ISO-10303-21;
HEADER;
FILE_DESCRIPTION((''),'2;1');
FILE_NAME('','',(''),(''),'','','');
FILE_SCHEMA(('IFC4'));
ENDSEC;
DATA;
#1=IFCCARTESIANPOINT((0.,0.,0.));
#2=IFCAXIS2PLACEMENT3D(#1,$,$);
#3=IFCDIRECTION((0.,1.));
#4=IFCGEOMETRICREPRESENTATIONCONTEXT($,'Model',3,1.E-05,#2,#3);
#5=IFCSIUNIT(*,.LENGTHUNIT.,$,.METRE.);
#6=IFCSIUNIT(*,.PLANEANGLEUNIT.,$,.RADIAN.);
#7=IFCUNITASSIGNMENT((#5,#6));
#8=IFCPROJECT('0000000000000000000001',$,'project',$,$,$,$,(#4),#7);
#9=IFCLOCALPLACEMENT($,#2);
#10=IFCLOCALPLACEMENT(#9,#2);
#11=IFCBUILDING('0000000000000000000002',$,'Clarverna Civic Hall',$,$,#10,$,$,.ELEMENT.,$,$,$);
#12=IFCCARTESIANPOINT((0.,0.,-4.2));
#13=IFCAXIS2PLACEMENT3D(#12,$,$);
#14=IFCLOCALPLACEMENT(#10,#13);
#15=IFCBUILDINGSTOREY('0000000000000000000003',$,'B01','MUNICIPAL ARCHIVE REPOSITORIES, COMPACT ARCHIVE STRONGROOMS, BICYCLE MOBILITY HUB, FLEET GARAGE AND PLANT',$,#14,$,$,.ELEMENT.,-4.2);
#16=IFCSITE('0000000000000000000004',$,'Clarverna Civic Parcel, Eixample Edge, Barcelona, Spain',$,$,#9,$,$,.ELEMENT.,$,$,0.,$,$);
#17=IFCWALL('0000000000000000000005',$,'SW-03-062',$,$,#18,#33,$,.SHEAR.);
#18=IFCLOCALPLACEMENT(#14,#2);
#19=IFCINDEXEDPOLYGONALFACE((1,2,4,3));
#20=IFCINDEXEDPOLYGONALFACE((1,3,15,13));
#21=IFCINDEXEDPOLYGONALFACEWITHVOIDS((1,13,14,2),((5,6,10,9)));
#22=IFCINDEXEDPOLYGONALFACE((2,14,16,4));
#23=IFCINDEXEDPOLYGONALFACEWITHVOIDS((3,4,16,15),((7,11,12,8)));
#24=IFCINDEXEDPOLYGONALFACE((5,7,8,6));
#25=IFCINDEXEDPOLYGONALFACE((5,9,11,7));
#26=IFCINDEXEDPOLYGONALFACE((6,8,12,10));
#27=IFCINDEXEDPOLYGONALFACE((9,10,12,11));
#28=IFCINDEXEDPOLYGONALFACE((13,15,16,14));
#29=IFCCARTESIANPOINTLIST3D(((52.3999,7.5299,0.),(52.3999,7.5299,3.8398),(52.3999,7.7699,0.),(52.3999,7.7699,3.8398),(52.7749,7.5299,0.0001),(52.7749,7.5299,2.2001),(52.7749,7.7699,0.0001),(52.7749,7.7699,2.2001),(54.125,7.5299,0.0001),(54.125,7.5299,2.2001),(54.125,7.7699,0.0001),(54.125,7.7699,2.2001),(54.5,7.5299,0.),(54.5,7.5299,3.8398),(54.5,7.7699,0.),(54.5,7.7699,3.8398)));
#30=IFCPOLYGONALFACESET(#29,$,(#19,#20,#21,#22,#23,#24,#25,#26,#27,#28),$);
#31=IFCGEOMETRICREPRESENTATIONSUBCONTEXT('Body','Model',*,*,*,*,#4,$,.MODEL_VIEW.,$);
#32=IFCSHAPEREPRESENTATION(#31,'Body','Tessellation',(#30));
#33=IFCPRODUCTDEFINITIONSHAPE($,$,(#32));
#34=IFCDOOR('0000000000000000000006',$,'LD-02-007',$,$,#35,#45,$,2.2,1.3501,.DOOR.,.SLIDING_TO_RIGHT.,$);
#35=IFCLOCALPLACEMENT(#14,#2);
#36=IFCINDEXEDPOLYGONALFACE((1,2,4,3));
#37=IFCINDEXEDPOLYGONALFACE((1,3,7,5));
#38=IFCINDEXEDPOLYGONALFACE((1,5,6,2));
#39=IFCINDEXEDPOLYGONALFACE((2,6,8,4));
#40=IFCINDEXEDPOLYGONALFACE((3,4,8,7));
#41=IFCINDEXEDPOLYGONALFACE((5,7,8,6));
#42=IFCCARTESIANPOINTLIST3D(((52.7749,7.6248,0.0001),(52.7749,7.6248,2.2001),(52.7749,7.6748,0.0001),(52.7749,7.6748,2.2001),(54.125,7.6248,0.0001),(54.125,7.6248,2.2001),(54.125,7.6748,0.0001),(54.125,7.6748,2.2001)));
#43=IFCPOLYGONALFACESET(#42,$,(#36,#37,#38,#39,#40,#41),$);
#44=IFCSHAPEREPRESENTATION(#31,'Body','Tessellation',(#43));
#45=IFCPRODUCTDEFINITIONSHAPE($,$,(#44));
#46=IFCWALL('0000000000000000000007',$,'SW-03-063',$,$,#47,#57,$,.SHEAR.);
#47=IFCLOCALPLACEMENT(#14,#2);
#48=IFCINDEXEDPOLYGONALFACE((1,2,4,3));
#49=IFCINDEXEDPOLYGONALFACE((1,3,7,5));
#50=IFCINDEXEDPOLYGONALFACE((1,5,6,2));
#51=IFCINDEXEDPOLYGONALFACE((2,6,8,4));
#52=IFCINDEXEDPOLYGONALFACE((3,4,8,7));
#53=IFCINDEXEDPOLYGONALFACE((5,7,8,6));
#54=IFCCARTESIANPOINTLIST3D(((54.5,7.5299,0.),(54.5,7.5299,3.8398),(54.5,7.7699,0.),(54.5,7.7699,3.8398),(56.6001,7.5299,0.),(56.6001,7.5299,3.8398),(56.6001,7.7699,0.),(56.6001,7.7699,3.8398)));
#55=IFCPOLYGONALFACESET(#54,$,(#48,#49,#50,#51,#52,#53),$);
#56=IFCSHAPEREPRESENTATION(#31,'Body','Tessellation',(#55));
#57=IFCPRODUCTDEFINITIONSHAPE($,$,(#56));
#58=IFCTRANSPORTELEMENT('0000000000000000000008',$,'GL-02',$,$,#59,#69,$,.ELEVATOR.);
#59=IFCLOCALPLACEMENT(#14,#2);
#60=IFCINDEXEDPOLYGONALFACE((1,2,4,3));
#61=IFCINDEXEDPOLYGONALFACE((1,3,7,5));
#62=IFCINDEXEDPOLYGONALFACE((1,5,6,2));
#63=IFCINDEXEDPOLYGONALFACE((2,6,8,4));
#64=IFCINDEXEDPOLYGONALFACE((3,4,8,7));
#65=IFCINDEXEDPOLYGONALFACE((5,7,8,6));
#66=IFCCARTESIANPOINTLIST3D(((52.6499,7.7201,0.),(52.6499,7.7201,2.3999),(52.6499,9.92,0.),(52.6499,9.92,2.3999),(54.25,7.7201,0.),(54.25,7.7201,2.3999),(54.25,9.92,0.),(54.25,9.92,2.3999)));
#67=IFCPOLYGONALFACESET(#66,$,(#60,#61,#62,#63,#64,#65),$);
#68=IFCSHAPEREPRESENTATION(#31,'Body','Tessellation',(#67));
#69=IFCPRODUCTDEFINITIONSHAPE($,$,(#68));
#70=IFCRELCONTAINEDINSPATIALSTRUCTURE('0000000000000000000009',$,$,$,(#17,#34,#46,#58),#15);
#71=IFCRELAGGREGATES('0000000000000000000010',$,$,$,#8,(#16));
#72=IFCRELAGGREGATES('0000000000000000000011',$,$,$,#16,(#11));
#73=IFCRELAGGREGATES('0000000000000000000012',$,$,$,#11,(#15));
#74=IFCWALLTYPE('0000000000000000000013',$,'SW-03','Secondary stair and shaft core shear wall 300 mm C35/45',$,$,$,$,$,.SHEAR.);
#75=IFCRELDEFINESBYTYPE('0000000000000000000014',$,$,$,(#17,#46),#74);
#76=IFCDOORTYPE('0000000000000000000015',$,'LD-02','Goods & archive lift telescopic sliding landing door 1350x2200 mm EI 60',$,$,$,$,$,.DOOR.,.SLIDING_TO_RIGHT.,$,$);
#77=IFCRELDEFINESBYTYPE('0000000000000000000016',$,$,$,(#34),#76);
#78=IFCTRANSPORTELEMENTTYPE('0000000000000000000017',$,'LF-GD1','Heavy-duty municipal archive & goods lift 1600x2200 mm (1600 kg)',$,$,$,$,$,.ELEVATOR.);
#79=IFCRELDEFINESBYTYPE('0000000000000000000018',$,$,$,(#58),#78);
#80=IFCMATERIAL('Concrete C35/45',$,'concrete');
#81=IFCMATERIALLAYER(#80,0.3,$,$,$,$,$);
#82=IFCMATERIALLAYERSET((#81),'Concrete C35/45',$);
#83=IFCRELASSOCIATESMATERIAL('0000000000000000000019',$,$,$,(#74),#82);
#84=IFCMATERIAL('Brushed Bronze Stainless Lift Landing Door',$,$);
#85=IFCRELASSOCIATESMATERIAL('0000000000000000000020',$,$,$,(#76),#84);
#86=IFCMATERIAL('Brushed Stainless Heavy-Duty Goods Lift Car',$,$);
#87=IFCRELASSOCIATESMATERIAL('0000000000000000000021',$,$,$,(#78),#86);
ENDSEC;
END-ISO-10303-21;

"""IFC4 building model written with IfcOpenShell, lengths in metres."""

from ifc_helpers import new_model, si_unit, direction, frame, frame_2d, origin, origin_2d, place, context, subcontext, project, spatial, rectangle, extrude, material, layer, layer_set, type_object, element, fill, save


model = new_model("IFC4")

# Units and contexts
model_context = context("Model", 3, precision=1e-05, world=origin(), true_north=direction((0.0, 1.0)))
body_context = subcontext(model_context, "Body", "Model", "MODEL_VIEW")
ifc_project = project(units=[si_unit("LENGTHUNIT", "METRE"), si_unit("PLANEANGLEUNIT", "RADIAN")], contexts=[model_context])

# Site, building, storey
site_placement = place(None, origin())
site = spatial("IfcSite", under=ifc_project, at=site_placement, Name="Clarverna Civic Parcel, Eixample Edge, Barcelona, Spain", CompositionType="ELEMENT", RefElevation=0.0)
building_placement = place(site_placement, origin())
building = spatial("IfcBuilding", under=site, at=building_placement, Name="Clarverna Civic Hall", CompositionType="ELEMENT")
storey_placement = place(building_placement, frame((0.0, 0.0, -4.2)))
storey = spatial("IfcBuildingStorey", under=building, at=storey_placement, Name="B01", Description="MUNICIPAL ARCHIVE REPOSITORIES, COMPACT ARCHIVE STRONGROOMS, BICYCLE MOBILITY HUB, FLEET GARAGE AND PLANT", CompositionType="ELEMENT", Elevation=-4.2)

# Shared definitions
ifc_material_1 = material(Name="Concrete C35/45", Category="concrete")

# Shared definitions
ifc_layer = layer(ifc_material_1, 0.3)
ifc_layer_set = layer_set([ifc_layer], Name="Concrete C35/45")
wall_type = type_object("IfcWallType", Name="SW-03", Description="Secondary stair and shaft core shear wall 300 mm C35/45", PredefinedType="SHEAR", material=ifc_layer_set)

# Wall, opening, door
wall_1_placement = place(storey_placement, frame((52.3999, 7.6499, 0.0), z_axis=(0.0, 0.0, 1.0), x_axis=(1.0, 0.0, 0.0)))
wall_1 = element("IfcWall", 1, at=wall_1_placement, inside=storey, type_object=wall_type, Name="SW-03-062", PredefinedType="SHEAR", context=body_context, shape_type="SweptSolid", body=[
    extrude(rectangle(XDim=2.1001, YDim=0.24, at=frame_2d((1.05, 0.0))), origin(), (0.0, 0.0, 1.0), 3.8398),
])
opening_placement = place(wall_1_placement, frame((0.375, 0.0, 0.0)))
opening = element("IfcOpeningElement", 2, at=opening_placement, cuts=wall_1, PredefinedType="OPENING", context=body_context, shape_type="SweptSolid", body=[
    extrude(rectangle(XDim=1.3501, YDim=2.2, at=frame_2d((0.675, 1.1001))), frame((0.0, 0.1299, 0.0), z_axis=(0.0, -1.0, 0.0), x_axis=(1.0, 0.0, 0.0)), (0.0, 0.0, 1.0), 0.26),
])
ifc_material_2 = material(Name="Brushed Bronze Stainless Lift Landing Door")
door_type = type_object("IfcDoorType", Name="LD-02", Description="Goods & archive lift telescopic sliding landing door 1350x2200 mm EI 60", OperationType="SLIDING_TO_RIGHT", PredefinedType="DOOR", material=ifc_material_2)
door_placement = place(opening_placement, origin())
door = element("IfcDoor", 3, at=door_placement, inside=storey, type_object=door_type, Name="LD-02-007", OperationType="SLIDING_TO_RIGHT", OverallHeight=2.2, OverallWidth=1.3501, PredefinedType="DOOR", context=body_context, shape_type="SweptSolid", body=[
    extrude(rectangle(XDim=1.3501, YDim=2.2, at=frame_2d((0.675, 1.1001))), frame((0.0, 0.0249, 0.0), z_axis=(0.0, -1.0, 0.0), x_axis=(1.0, 0.0, 0.0)), (0.0, 0.0, 1.0), 0.05),
])
fill(opening, door)

# Wall
wall_2_placement = place(storey_placement, frame((54.5, 7.6499, 0.0), z_axis=(0.0, 0.0, 1.0), x_axis=(1.0, 0.0, 0.0)))
element("IfcWall", 4, at=wall_2_placement, inside=storey, type_object=wall_type, Name="SW-03-063", PredefinedType="SHEAR", context=body_context, shape_type="SweptSolid", body=[
    extrude(rectangle(XDim=2.1001, YDim=0.24, at=frame_2d((1.05, 0.0))), origin(), (0.0, 0.0, 1.0), 3.8398),
])

# Transport element
ifc_material_3 = material(Name="Brushed Stainless Heavy-Duty Goods Lift Car")
transport_element_type = type_object("IfcTransportElementType", Name="LF-GD1", Description="Heavy-duty municipal archive & goods lift 1600x2200 mm (1600 kg)", PredefinedType="ELEVATOR", material=ifc_material_3)
transport_element_placement = place(storey_placement, frame((53.45, 8.8201, 0.0), z_axis=(0.0, 0.0, 1.0), x_axis=(1.0, 0.0, 0.0)))
element("IfcTransportElement", 5, at=transport_element_placement, inside=storey, type_object=transport_element_type, Name="GL-02", PredefinedType="ELEVATOR", context=body_context, shape_type="SweptSolid", body=[
    extrude(rectangle(XDim=1.6001, YDim=2.2, at=origin_2d()), origin(), (0.0, 0.0, 1.0), 2.3999),
])

save(model, "model.ifc")
